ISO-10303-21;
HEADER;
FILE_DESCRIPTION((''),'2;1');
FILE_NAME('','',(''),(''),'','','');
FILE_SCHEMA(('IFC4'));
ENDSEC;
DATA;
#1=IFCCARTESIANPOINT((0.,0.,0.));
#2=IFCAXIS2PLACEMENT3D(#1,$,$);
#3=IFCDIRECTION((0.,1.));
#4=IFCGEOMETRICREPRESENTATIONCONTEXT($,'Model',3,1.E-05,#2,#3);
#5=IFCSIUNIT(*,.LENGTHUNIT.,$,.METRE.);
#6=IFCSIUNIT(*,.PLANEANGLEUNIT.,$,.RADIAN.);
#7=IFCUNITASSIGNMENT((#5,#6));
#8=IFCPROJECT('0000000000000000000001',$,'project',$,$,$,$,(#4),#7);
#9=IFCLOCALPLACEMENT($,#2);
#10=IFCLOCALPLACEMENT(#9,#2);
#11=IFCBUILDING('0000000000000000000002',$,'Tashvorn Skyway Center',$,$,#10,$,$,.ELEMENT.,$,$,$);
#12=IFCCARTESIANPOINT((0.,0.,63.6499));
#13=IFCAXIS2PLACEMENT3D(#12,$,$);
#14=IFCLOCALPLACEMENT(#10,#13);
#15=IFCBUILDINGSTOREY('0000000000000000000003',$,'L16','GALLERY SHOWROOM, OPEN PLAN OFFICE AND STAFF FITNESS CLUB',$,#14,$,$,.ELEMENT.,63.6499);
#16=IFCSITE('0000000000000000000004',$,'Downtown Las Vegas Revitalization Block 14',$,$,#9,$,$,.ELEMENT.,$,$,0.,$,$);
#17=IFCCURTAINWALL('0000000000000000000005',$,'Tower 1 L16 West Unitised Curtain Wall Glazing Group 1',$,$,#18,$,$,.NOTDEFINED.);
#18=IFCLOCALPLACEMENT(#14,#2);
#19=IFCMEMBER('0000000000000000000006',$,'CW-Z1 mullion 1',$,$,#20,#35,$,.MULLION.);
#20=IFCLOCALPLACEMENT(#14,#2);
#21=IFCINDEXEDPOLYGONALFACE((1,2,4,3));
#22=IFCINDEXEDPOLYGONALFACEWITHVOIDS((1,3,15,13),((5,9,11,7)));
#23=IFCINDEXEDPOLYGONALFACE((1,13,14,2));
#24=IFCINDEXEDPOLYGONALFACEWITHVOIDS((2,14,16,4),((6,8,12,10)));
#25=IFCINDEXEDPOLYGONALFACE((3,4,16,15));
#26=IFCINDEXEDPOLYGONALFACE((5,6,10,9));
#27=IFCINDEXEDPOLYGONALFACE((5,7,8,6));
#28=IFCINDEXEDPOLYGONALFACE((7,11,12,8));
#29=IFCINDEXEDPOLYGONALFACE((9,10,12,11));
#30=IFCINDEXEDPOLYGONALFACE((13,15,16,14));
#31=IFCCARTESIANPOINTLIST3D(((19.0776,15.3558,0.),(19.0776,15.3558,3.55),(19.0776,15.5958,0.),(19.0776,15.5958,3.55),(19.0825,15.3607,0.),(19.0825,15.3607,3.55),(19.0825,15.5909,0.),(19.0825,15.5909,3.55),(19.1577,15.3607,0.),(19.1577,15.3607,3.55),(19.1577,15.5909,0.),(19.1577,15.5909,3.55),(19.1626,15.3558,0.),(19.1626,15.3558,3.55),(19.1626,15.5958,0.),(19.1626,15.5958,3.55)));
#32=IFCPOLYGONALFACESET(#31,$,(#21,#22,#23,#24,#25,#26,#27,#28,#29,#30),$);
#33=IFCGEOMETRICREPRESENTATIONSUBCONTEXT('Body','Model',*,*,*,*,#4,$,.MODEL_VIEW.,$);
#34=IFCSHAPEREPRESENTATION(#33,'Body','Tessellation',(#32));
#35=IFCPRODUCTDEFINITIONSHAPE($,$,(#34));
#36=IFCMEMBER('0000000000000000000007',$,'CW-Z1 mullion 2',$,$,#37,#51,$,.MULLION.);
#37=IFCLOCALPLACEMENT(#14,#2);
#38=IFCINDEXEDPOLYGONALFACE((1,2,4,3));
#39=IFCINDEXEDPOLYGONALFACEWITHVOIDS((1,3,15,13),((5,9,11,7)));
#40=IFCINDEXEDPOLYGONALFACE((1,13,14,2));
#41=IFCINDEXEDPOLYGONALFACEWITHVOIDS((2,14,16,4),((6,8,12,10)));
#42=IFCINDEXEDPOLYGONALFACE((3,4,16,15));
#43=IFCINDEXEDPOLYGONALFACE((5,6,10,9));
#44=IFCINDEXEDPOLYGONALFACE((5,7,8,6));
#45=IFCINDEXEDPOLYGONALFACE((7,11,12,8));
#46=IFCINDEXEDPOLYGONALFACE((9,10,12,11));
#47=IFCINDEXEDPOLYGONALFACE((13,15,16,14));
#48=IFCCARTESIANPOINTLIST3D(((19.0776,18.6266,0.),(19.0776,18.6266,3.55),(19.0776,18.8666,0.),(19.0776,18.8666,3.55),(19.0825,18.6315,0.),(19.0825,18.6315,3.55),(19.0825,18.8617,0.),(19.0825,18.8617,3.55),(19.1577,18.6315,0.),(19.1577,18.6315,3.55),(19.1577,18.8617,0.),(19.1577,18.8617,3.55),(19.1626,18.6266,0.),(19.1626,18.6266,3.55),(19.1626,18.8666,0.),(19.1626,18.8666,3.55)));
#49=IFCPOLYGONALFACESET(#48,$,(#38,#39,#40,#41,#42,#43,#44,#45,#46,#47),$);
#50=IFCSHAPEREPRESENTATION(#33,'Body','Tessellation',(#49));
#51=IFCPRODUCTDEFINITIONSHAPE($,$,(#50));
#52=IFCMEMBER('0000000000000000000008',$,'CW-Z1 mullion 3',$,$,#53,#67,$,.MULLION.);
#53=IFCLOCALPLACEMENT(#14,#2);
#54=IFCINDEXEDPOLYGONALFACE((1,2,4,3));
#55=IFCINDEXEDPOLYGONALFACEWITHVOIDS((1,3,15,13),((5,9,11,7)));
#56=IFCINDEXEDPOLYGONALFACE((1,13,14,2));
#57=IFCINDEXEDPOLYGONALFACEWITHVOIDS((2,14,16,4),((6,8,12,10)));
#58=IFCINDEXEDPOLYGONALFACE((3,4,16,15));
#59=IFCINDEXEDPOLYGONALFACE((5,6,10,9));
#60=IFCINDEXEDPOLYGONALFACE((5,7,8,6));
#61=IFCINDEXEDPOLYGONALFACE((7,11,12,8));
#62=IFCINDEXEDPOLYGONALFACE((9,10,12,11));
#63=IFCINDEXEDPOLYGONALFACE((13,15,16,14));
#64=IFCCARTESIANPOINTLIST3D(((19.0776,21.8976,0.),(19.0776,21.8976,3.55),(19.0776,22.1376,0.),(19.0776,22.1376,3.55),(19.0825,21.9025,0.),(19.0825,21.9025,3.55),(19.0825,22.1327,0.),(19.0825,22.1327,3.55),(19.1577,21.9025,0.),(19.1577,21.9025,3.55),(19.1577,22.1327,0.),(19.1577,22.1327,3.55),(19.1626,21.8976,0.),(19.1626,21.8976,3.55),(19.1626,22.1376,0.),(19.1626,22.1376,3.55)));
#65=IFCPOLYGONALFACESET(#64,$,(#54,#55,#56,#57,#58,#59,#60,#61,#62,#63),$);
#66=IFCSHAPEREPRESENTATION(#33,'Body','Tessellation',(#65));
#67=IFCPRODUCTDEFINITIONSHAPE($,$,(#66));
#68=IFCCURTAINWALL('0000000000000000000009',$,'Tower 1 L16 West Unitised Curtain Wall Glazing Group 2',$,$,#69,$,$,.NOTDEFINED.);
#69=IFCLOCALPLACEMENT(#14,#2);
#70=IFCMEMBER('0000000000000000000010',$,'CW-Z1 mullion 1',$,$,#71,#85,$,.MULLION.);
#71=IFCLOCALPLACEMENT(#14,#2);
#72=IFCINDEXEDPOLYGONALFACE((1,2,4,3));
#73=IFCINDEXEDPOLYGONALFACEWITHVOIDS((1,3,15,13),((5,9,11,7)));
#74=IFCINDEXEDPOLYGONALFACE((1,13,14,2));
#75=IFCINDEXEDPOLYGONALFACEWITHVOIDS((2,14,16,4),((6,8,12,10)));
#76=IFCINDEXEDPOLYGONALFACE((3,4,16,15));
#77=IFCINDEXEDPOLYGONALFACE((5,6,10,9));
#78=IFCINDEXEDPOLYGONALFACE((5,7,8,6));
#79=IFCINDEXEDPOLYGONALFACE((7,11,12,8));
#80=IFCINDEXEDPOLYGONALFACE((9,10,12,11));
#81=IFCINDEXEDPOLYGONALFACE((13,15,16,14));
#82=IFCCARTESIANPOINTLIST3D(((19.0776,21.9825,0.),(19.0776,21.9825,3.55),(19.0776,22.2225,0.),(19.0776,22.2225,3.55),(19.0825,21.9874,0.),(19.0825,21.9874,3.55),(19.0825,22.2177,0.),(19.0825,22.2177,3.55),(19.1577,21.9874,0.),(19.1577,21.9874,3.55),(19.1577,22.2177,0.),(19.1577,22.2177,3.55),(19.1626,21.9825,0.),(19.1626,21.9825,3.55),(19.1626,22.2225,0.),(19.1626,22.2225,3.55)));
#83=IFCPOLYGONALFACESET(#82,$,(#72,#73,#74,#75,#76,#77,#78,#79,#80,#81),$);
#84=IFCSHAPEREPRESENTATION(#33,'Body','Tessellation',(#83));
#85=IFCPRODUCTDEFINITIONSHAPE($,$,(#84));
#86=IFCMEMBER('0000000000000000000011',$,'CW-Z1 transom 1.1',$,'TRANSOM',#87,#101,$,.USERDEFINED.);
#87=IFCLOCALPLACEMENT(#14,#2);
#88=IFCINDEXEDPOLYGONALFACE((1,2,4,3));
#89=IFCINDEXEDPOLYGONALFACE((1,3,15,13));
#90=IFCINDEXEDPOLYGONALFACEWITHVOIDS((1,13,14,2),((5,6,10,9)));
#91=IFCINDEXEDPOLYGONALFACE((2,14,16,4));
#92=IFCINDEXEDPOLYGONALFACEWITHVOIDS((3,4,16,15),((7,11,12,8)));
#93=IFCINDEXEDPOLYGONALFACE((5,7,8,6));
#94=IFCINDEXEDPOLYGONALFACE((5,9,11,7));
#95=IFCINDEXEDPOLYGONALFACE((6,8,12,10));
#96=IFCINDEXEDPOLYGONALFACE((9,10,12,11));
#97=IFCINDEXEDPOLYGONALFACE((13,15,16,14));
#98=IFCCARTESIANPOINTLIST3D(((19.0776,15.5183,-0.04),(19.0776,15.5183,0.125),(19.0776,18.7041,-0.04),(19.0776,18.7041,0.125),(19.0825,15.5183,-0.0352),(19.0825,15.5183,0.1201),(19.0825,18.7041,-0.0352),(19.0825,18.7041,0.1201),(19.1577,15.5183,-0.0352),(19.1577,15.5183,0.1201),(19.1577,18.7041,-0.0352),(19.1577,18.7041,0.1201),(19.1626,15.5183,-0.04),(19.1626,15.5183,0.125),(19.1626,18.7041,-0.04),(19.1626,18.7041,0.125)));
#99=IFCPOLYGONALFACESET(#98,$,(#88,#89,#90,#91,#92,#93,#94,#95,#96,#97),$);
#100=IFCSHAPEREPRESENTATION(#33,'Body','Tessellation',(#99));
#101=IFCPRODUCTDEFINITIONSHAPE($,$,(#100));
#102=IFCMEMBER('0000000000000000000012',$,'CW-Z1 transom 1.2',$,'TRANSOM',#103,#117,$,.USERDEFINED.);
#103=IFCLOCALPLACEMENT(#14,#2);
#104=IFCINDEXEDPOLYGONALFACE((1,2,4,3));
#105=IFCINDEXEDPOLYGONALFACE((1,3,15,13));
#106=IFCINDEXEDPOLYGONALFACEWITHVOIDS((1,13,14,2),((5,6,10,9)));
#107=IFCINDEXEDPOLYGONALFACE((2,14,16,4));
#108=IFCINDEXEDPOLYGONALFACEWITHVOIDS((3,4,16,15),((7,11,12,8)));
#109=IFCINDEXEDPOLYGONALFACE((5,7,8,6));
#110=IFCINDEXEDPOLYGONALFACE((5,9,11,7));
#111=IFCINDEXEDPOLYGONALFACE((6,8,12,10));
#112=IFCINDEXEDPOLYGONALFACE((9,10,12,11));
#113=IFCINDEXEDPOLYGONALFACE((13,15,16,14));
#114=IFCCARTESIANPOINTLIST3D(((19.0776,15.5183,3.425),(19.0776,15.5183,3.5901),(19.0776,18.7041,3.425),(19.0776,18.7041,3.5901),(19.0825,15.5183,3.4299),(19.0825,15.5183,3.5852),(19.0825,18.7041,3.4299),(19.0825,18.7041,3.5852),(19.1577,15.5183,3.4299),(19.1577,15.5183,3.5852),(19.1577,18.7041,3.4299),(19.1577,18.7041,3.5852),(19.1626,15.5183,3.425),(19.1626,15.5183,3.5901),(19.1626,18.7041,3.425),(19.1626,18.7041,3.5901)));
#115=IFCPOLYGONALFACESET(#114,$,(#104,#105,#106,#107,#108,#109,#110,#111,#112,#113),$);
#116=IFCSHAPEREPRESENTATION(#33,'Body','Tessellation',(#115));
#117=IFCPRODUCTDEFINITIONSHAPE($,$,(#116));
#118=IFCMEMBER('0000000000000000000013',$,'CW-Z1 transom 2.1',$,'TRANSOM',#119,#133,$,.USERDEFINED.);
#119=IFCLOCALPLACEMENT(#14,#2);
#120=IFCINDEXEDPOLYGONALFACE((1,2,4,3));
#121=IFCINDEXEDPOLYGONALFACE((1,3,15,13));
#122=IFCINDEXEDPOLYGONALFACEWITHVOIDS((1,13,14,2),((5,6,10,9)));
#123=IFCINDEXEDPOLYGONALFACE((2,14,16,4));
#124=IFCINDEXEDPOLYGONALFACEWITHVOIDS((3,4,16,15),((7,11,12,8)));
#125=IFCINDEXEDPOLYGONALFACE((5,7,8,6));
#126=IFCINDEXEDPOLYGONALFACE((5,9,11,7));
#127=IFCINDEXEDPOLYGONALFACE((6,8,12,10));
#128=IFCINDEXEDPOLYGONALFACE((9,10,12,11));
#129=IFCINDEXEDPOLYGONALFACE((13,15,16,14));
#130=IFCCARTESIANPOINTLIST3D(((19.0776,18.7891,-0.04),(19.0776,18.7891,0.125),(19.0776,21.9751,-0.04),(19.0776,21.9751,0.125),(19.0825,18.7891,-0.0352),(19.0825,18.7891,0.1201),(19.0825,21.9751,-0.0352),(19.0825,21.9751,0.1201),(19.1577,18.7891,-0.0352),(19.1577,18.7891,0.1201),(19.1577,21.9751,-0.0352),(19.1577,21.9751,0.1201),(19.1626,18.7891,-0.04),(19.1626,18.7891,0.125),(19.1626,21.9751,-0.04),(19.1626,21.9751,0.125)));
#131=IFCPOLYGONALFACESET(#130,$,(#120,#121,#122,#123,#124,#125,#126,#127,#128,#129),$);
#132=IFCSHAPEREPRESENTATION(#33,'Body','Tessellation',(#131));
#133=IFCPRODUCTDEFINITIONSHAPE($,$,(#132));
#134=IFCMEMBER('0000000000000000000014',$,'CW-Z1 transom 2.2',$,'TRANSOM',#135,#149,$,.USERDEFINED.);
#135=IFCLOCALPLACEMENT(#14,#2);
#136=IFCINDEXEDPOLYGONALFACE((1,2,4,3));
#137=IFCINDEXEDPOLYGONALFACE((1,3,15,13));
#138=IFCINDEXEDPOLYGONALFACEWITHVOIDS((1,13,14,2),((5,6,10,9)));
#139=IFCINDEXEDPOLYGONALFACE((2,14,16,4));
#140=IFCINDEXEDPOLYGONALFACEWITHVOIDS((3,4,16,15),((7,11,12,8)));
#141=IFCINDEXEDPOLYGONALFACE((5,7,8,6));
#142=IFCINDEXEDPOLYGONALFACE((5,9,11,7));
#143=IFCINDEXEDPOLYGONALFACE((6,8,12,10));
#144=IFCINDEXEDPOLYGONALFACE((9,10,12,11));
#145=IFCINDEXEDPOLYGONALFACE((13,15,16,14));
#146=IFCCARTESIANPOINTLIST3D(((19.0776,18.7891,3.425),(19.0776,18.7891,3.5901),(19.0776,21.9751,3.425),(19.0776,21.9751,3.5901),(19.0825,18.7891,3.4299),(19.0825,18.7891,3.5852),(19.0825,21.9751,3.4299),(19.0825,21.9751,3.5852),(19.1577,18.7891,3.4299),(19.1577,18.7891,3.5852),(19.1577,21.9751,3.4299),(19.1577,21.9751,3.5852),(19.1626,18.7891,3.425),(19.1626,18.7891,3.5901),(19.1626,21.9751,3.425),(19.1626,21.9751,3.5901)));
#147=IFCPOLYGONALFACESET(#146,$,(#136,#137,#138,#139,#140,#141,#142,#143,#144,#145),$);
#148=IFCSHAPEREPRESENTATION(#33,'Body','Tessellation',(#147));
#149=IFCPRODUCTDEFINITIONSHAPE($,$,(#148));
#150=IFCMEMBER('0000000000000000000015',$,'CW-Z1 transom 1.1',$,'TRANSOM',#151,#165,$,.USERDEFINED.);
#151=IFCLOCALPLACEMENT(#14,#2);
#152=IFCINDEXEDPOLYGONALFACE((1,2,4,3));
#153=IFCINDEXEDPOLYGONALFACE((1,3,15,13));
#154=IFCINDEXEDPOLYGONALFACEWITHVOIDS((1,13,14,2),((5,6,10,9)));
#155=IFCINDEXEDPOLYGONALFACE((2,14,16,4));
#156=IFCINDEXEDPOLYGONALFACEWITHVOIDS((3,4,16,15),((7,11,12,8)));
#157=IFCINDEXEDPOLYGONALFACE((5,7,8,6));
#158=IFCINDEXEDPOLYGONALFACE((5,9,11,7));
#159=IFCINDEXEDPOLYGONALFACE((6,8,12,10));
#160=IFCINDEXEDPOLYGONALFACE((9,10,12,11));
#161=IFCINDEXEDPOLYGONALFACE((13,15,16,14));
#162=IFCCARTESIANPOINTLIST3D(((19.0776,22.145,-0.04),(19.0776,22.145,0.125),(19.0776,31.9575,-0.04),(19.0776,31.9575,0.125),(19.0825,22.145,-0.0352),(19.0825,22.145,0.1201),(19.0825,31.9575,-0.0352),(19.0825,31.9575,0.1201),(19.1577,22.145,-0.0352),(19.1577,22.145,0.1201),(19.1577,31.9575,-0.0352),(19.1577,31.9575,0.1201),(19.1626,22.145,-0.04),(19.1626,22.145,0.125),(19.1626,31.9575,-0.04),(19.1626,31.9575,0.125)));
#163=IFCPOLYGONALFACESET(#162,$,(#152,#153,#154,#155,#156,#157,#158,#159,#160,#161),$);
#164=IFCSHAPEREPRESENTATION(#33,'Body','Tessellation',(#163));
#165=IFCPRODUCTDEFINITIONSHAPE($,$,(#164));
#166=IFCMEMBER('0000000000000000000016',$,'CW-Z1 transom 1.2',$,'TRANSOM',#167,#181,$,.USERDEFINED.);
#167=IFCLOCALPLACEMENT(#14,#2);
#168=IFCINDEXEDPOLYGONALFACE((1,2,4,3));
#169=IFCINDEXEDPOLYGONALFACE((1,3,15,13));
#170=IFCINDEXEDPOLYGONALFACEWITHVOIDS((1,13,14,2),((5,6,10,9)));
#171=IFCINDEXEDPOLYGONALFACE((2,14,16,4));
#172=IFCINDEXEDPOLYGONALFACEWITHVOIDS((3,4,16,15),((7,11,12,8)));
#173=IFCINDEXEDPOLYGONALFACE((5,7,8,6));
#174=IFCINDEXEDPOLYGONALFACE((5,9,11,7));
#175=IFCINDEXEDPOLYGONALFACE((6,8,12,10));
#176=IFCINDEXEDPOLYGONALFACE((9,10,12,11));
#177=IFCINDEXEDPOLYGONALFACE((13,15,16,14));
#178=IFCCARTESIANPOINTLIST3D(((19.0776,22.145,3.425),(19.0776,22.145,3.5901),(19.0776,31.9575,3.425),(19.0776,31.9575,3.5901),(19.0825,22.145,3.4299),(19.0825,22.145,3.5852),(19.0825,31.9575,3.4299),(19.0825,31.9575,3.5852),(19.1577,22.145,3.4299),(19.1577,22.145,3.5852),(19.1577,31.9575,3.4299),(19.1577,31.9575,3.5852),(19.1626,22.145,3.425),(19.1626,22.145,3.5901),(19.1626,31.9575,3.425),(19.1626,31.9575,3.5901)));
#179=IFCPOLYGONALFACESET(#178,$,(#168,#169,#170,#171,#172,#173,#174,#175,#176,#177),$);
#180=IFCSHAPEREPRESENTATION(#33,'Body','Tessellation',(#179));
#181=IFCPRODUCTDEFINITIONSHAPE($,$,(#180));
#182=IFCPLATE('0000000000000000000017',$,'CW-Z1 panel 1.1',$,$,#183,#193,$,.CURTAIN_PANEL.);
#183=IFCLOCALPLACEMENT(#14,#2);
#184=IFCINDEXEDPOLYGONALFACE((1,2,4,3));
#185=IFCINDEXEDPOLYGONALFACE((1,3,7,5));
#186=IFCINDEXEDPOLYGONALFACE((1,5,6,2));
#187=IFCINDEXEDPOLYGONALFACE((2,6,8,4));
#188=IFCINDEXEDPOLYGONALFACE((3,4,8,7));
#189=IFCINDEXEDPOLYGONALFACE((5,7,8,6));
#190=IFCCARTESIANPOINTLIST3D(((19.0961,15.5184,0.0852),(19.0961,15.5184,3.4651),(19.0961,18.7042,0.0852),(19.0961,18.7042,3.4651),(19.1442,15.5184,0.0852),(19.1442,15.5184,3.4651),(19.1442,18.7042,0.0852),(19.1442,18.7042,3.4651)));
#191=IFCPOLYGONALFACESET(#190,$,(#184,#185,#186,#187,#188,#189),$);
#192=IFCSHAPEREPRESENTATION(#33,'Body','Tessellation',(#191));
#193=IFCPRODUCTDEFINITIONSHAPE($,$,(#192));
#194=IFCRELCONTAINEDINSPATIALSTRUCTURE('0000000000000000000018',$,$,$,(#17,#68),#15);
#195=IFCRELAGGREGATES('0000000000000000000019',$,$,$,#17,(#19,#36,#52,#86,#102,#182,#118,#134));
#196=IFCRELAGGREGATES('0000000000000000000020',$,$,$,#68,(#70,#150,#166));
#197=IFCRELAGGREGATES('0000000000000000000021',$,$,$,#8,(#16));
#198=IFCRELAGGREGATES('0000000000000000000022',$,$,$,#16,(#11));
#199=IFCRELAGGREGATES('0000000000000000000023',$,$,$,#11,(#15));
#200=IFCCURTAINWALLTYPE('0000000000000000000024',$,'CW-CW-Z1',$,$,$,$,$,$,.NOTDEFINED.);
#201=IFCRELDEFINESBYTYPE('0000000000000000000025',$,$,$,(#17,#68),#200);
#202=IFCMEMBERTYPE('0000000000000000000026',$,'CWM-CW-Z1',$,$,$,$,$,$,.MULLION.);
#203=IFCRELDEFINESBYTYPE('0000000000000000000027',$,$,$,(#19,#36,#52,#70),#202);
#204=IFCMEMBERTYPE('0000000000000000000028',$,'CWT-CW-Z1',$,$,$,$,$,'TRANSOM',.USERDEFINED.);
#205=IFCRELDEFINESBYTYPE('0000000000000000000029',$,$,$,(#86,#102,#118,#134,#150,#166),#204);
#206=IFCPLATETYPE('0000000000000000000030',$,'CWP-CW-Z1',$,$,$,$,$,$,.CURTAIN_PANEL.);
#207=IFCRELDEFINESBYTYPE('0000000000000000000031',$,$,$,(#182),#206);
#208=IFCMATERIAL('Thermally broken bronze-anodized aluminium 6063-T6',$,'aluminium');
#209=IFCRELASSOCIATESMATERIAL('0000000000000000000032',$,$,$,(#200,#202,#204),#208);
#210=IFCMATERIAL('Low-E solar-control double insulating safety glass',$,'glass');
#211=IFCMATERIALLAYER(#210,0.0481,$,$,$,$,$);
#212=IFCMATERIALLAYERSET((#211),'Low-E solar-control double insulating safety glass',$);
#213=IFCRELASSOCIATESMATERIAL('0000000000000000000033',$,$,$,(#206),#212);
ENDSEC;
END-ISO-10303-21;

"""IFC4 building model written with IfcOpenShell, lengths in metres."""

from ifc_helpers import new_model, si_unit, direction, frame, origin, origin_2d, place, context, subcontext, project, spatial, rectangle, hollow_rectangle, extrude, material, layer, layer_set, material_profile, profile_set, type_object, element, aggregate, save


model = new_model("IFC4")

# Units and contexts
model_context = context("Model", 3, precision=1e-05, world=origin(), true_north=direction((0.0, 1.0)))
body_context = subcontext(model_context, "Body", "Model", "MODEL_VIEW")
ifc_project = project(units=[si_unit("LENGTHUNIT", "METRE"), si_unit("PLANEANGLEUNIT", "RADIAN")], contexts=[model_context])

# Site, building, storey
site_placement = place(None, origin())
site = spatial("IfcSite", under=ifc_project, at=site_placement, Name="Downtown Las Vegas Revitalization Block 14", CompositionType="ELEMENT", RefElevation=0.0)
building_placement = place(site_placement, origin())
building = spatial("IfcBuilding", under=site, at=building_placement, Name="Tashvorn Skyway Center", CompositionType="ELEMENT")
storey_placement = place(building_placement, frame((0.0, 0.0, 63.6499)))
storey = spatial("IfcBuildingStorey", under=building, at=storey_placement, Name="L16", Description="GALLERY SHOWROOM, OPEN PLAN OFFICE AND STAFF FITNESS CLUB", CompositionType="ELEMENT", Elevation=63.6499)

# Curtain wall, members
ifc_material_1 = material(Name="Thermally broken bronze-anodized aluminium 6063-T6", Category="aluminium")
curtain_wall_type = type_object("IfcCurtainWallType", Name="CW-CW-Z1", PredefinedType="NOTDEFINED", material=ifc_material_1)
curtain_wall_1_placement = place(storey_placement, origin())
curtain_wall_1 = element("IfcCurtainWall", 1, at=curtain_wall_1_placement, inside=storey, type_object=curtain_wall_type, Name="Tower 1 L16 West Unitised Curtain Wall Glazing Group 1", PredefinedType="NOTDEFINED")
ifc_material_profile_1 = material_profile(ifc_material_1, hollow_rectangle(XDim=0.085, YDim=0.24, WallThickness=0.0049, at=origin_2d()), Name="ALU-MULL-85x240")
ifc_profile_set_1 = profile_set([ifc_material_profile_1], Name="Thermally broken bronze-anodized aluminium 6063-T6")
member_type_1 = type_object("IfcMemberType", Name="CWM-CW-Z1", PredefinedType="MULLION", material=ifc_profile_set_1)
member_1_placement = place(storey_placement, frame((19.1201, 15.4758, 0.0), z_axis=(0.0, 0.0, 1.0), x_axis=(-1.0, 0.0, 0.0)))
member_1 = element("IfcMember", 2, at=member_1_placement, type_object=member_type_1, Name="CW-Z1 mullion 1", PredefinedType="MULLION", context=body_context, shape_type="SweptSolid", body=[
    extrude(hollow_rectangle(XDim=0.085, YDim=0.24, WallThickness=0.0049, at=origin_2d()), origin(), (0.0, 0.0, 1.0), 3.55),
])
member_2_placement = place(storey_placement, frame((19.1201, 18.7466, 0.0), z_axis=(0.0, 0.0, 1.0), x_axis=(-1.0, 0.0, 0.0)))
member_2 = element("IfcMember", 3, at=member_2_placement, type_object=member_type_1, Name="CW-Z1 mullion 2", PredefinedType="MULLION", context=body_context, shape_type="SweptSolid", body=[
    extrude(hollow_rectangle(XDim=0.085, YDim=0.24, WallThickness=0.0049, at=origin_2d()), origin(), (0.0, 0.0, 1.0), 3.55),
])
member_3_placement = place(storey_placement, frame((19.1201, 22.0176, 0.0), z_axis=(0.0, 0.0, 1.0), x_axis=(-1.0, 0.0, 0.0)))
member_3 = element("IfcMember", 4, at=member_3_placement, type_object=member_type_1, Name="CW-Z1 mullion 3", PredefinedType="MULLION", context=body_context, shape_type="SweptSolid", body=[
    extrude(hollow_rectangle(XDim=0.085, YDim=0.24, WallThickness=0.0049, at=origin_2d()), origin(), (0.0, 0.0, 1.0), 3.55),
])

# Curtain wall, member
curtain_wall_2_placement = place(storey_placement, origin())
curtain_wall_2 = element("IfcCurtainWall", 5, at=curtain_wall_2_placement, inside=storey, type_object=curtain_wall_type, Name="Tower 1 L16 West Unitised Curtain Wall Glazing Group 2", PredefinedType="NOTDEFINED")
member_4_placement = place(storey_placement, frame((19.1201, 22.1025, 0.0), z_axis=(0.0, 0.0, 1.0), x_axis=(-1.0, 0.0, 0.0)))
member_4 = element("IfcMember", 6, at=member_4_placement, type_object=member_type_1, Name="CW-Z1 mullion 1", PredefinedType="MULLION", context=body_context, shape_type="SweptSolid", body=[
    extrude(hollow_rectangle(XDim=0.085, YDim=0.24, WallThickness=0.0049, at=origin_2d()), origin(), (0.0, 0.0, 1.0), 3.55),
])

# Members
ifc_material_profile_2 = material_profile(ifc_material_1, hollow_rectangle(XDim=0.085, YDim=0.165, WallThickness=0.0049, at=origin_2d()), Name="ALU-TRAN-85x165")
ifc_profile_set_2 = profile_set([ifc_material_profile_2], Name="Thermally broken bronze-anodized aluminium 6063-T6")
member_type_2 = type_object("IfcMemberType", Name="CWT-CW-Z1", ElementType="TRANSOM", PredefinedType="USERDEFINED", material=ifc_profile_set_2)
member_5_placement = place(storey_placement, frame((19.1201, 15.5183, 0.0425), z_axis=(0.0, 1.0, 0.0), x_axis=(-1.0, 0.0, 0.0)))
member_5 = element("IfcMember", 7, at=member_5_placement, type_object=member_type_2, Name="CW-Z1 transom 1.1", ObjectType="TRANSOM", PredefinedType="USERDEFINED", context=body_context, shape_type="SweptSolid", body=[
    extrude(hollow_rectangle(XDim=0.085, YDim=0.165, WallThickness=0.0049, at=origin_2d()), origin(), (0.0, 0.0, 1.0), 3.1858),
])
member_6_placement = place(storey_placement, frame((19.1201, 15.5183, 3.5076), z_axis=(0.0, 1.0, 0.0), x_axis=(-1.0, 0.0, 0.0)))
member_6 = element("IfcMember", 8, at=member_6_placement, type_object=member_type_2, Name="CW-Z1 transom 1.2", ObjectType="TRANSOM", PredefinedType="USERDEFINED", context=body_context, shape_type="SweptSolid", body=[
    extrude(hollow_rectangle(XDim=0.085, YDim=0.165, WallThickness=0.0049, at=origin_2d()), origin(), (0.0, 0.0, 1.0), 3.1858),
])
member_7_placement = place(storey_placement, frame((19.1201, 18.7891, 0.0425), z_axis=(0.0, 1.0, 0.0), x_axis=(-1.0, 0.0, 0.0)))
member_7 = element("IfcMember", 9, at=member_7_placement, type_object=member_type_2, Name="CW-Z1 transom 2.1", ObjectType="TRANSOM", PredefinedType="USERDEFINED", context=body_context, shape_type="SweptSolid", body=[
    extrude(hollow_rectangle(XDim=0.085, YDim=0.165, WallThickness=0.0049, at=origin_2d()), origin(), (0.0, 0.0, 1.0), 3.186),
])
member_8_placement = place(storey_placement, frame((19.1201, 18.7891, 3.5076), z_axis=(0.0, 1.0, 0.0), x_axis=(-1.0, 0.0, 0.0)))
member_8 = element("IfcMember", 10, at=member_8_placement, type_object=member_type_2, Name="CW-Z1 transom 2.2", ObjectType="TRANSOM", PredefinedType="USERDEFINED", context=body_context, shape_type="SweptSolid", body=[
    extrude(hollow_rectangle(XDim=0.085, YDim=0.165, WallThickness=0.0049, at=origin_2d()), origin(), (0.0, 0.0, 1.0), 3.186),
])
member_9_placement = place(storey_placement, frame((19.1201, 22.145, 0.0425), z_axis=(0.0, 1.0, 0.0), x_axis=(-1.0, 0.0, 0.0)))
member_9 = element("IfcMember", 11, at=member_9_placement, type_object=member_type_2, Name="CW-Z1 transom 1.1", ObjectType="TRANSOM", PredefinedType="USERDEFINED", context=body_context, shape_type="SweptSolid", body=[
    extrude(hollow_rectangle(XDim=0.085, YDim=0.165, WallThickness=0.0049, at=origin_2d()), origin(), (0.0, 0.0, 1.0), 9.8125),
])
member_10_placement = place(storey_placement, frame((19.1201, 22.145, 3.5076), z_axis=(0.0, 1.0, 0.0), x_axis=(-1.0, 0.0, 0.0)))
member_10 = element("IfcMember", 12, at=member_10_placement, type_object=member_type_2, Name="CW-Z1 transom 1.2", ObjectType="TRANSOM", PredefinedType="USERDEFINED", context=body_context, shape_type="SweptSolid", body=[
    extrude(hollow_rectangle(XDim=0.085, YDim=0.165, WallThickness=0.0049, at=origin_2d()), origin(), (0.0, 0.0, 1.0), 9.8125),
])

# Plate
ifc_material_2 = material(Name="Low-E solar-control double insulating safety glass", Category="glass")
ifc_layer_1 = layer(ifc_material_2, 0.0481)
ifc_layer_set_1 = layer_set([ifc_layer_1], Name="Low-E solar-control double insulating safety glass")
plate_type_1 = type_object("IfcPlateType", Name="CWP-CW-Z1", PredefinedType="CURTAIN_PANEL", material=ifc_layer_set_1)
plate_1_placement = place(storey_placement, frame((19.1201, 17.1113, 0.0852), z_axis=(0.0, 0.0, 1.0), x_axis=(0.0, 1.0, 0.0)))
plate_1 = element("IfcPlate", 13, at=plate_1_placement, type_object=plate_type_1, Name="CW-Z1 panel 1.1", PredefinedType="CURTAIN_PANEL", context=body_context, shape_type="SweptSolid", body=[
    extrude(rectangle(XDim=3.1858, YDim=0.0481, at=origin_2d()), origin(), (0.0, 0.0, 1.0), 3.3799),
])
aggregate(curtain_wall_1, [member_1, member_2, member_3, member_5, member_6, plate_1, member_7, member_8])
aggregate(curtain_wall_2, [member_4, member_9, member_10])

save(model, "model.ifc")
